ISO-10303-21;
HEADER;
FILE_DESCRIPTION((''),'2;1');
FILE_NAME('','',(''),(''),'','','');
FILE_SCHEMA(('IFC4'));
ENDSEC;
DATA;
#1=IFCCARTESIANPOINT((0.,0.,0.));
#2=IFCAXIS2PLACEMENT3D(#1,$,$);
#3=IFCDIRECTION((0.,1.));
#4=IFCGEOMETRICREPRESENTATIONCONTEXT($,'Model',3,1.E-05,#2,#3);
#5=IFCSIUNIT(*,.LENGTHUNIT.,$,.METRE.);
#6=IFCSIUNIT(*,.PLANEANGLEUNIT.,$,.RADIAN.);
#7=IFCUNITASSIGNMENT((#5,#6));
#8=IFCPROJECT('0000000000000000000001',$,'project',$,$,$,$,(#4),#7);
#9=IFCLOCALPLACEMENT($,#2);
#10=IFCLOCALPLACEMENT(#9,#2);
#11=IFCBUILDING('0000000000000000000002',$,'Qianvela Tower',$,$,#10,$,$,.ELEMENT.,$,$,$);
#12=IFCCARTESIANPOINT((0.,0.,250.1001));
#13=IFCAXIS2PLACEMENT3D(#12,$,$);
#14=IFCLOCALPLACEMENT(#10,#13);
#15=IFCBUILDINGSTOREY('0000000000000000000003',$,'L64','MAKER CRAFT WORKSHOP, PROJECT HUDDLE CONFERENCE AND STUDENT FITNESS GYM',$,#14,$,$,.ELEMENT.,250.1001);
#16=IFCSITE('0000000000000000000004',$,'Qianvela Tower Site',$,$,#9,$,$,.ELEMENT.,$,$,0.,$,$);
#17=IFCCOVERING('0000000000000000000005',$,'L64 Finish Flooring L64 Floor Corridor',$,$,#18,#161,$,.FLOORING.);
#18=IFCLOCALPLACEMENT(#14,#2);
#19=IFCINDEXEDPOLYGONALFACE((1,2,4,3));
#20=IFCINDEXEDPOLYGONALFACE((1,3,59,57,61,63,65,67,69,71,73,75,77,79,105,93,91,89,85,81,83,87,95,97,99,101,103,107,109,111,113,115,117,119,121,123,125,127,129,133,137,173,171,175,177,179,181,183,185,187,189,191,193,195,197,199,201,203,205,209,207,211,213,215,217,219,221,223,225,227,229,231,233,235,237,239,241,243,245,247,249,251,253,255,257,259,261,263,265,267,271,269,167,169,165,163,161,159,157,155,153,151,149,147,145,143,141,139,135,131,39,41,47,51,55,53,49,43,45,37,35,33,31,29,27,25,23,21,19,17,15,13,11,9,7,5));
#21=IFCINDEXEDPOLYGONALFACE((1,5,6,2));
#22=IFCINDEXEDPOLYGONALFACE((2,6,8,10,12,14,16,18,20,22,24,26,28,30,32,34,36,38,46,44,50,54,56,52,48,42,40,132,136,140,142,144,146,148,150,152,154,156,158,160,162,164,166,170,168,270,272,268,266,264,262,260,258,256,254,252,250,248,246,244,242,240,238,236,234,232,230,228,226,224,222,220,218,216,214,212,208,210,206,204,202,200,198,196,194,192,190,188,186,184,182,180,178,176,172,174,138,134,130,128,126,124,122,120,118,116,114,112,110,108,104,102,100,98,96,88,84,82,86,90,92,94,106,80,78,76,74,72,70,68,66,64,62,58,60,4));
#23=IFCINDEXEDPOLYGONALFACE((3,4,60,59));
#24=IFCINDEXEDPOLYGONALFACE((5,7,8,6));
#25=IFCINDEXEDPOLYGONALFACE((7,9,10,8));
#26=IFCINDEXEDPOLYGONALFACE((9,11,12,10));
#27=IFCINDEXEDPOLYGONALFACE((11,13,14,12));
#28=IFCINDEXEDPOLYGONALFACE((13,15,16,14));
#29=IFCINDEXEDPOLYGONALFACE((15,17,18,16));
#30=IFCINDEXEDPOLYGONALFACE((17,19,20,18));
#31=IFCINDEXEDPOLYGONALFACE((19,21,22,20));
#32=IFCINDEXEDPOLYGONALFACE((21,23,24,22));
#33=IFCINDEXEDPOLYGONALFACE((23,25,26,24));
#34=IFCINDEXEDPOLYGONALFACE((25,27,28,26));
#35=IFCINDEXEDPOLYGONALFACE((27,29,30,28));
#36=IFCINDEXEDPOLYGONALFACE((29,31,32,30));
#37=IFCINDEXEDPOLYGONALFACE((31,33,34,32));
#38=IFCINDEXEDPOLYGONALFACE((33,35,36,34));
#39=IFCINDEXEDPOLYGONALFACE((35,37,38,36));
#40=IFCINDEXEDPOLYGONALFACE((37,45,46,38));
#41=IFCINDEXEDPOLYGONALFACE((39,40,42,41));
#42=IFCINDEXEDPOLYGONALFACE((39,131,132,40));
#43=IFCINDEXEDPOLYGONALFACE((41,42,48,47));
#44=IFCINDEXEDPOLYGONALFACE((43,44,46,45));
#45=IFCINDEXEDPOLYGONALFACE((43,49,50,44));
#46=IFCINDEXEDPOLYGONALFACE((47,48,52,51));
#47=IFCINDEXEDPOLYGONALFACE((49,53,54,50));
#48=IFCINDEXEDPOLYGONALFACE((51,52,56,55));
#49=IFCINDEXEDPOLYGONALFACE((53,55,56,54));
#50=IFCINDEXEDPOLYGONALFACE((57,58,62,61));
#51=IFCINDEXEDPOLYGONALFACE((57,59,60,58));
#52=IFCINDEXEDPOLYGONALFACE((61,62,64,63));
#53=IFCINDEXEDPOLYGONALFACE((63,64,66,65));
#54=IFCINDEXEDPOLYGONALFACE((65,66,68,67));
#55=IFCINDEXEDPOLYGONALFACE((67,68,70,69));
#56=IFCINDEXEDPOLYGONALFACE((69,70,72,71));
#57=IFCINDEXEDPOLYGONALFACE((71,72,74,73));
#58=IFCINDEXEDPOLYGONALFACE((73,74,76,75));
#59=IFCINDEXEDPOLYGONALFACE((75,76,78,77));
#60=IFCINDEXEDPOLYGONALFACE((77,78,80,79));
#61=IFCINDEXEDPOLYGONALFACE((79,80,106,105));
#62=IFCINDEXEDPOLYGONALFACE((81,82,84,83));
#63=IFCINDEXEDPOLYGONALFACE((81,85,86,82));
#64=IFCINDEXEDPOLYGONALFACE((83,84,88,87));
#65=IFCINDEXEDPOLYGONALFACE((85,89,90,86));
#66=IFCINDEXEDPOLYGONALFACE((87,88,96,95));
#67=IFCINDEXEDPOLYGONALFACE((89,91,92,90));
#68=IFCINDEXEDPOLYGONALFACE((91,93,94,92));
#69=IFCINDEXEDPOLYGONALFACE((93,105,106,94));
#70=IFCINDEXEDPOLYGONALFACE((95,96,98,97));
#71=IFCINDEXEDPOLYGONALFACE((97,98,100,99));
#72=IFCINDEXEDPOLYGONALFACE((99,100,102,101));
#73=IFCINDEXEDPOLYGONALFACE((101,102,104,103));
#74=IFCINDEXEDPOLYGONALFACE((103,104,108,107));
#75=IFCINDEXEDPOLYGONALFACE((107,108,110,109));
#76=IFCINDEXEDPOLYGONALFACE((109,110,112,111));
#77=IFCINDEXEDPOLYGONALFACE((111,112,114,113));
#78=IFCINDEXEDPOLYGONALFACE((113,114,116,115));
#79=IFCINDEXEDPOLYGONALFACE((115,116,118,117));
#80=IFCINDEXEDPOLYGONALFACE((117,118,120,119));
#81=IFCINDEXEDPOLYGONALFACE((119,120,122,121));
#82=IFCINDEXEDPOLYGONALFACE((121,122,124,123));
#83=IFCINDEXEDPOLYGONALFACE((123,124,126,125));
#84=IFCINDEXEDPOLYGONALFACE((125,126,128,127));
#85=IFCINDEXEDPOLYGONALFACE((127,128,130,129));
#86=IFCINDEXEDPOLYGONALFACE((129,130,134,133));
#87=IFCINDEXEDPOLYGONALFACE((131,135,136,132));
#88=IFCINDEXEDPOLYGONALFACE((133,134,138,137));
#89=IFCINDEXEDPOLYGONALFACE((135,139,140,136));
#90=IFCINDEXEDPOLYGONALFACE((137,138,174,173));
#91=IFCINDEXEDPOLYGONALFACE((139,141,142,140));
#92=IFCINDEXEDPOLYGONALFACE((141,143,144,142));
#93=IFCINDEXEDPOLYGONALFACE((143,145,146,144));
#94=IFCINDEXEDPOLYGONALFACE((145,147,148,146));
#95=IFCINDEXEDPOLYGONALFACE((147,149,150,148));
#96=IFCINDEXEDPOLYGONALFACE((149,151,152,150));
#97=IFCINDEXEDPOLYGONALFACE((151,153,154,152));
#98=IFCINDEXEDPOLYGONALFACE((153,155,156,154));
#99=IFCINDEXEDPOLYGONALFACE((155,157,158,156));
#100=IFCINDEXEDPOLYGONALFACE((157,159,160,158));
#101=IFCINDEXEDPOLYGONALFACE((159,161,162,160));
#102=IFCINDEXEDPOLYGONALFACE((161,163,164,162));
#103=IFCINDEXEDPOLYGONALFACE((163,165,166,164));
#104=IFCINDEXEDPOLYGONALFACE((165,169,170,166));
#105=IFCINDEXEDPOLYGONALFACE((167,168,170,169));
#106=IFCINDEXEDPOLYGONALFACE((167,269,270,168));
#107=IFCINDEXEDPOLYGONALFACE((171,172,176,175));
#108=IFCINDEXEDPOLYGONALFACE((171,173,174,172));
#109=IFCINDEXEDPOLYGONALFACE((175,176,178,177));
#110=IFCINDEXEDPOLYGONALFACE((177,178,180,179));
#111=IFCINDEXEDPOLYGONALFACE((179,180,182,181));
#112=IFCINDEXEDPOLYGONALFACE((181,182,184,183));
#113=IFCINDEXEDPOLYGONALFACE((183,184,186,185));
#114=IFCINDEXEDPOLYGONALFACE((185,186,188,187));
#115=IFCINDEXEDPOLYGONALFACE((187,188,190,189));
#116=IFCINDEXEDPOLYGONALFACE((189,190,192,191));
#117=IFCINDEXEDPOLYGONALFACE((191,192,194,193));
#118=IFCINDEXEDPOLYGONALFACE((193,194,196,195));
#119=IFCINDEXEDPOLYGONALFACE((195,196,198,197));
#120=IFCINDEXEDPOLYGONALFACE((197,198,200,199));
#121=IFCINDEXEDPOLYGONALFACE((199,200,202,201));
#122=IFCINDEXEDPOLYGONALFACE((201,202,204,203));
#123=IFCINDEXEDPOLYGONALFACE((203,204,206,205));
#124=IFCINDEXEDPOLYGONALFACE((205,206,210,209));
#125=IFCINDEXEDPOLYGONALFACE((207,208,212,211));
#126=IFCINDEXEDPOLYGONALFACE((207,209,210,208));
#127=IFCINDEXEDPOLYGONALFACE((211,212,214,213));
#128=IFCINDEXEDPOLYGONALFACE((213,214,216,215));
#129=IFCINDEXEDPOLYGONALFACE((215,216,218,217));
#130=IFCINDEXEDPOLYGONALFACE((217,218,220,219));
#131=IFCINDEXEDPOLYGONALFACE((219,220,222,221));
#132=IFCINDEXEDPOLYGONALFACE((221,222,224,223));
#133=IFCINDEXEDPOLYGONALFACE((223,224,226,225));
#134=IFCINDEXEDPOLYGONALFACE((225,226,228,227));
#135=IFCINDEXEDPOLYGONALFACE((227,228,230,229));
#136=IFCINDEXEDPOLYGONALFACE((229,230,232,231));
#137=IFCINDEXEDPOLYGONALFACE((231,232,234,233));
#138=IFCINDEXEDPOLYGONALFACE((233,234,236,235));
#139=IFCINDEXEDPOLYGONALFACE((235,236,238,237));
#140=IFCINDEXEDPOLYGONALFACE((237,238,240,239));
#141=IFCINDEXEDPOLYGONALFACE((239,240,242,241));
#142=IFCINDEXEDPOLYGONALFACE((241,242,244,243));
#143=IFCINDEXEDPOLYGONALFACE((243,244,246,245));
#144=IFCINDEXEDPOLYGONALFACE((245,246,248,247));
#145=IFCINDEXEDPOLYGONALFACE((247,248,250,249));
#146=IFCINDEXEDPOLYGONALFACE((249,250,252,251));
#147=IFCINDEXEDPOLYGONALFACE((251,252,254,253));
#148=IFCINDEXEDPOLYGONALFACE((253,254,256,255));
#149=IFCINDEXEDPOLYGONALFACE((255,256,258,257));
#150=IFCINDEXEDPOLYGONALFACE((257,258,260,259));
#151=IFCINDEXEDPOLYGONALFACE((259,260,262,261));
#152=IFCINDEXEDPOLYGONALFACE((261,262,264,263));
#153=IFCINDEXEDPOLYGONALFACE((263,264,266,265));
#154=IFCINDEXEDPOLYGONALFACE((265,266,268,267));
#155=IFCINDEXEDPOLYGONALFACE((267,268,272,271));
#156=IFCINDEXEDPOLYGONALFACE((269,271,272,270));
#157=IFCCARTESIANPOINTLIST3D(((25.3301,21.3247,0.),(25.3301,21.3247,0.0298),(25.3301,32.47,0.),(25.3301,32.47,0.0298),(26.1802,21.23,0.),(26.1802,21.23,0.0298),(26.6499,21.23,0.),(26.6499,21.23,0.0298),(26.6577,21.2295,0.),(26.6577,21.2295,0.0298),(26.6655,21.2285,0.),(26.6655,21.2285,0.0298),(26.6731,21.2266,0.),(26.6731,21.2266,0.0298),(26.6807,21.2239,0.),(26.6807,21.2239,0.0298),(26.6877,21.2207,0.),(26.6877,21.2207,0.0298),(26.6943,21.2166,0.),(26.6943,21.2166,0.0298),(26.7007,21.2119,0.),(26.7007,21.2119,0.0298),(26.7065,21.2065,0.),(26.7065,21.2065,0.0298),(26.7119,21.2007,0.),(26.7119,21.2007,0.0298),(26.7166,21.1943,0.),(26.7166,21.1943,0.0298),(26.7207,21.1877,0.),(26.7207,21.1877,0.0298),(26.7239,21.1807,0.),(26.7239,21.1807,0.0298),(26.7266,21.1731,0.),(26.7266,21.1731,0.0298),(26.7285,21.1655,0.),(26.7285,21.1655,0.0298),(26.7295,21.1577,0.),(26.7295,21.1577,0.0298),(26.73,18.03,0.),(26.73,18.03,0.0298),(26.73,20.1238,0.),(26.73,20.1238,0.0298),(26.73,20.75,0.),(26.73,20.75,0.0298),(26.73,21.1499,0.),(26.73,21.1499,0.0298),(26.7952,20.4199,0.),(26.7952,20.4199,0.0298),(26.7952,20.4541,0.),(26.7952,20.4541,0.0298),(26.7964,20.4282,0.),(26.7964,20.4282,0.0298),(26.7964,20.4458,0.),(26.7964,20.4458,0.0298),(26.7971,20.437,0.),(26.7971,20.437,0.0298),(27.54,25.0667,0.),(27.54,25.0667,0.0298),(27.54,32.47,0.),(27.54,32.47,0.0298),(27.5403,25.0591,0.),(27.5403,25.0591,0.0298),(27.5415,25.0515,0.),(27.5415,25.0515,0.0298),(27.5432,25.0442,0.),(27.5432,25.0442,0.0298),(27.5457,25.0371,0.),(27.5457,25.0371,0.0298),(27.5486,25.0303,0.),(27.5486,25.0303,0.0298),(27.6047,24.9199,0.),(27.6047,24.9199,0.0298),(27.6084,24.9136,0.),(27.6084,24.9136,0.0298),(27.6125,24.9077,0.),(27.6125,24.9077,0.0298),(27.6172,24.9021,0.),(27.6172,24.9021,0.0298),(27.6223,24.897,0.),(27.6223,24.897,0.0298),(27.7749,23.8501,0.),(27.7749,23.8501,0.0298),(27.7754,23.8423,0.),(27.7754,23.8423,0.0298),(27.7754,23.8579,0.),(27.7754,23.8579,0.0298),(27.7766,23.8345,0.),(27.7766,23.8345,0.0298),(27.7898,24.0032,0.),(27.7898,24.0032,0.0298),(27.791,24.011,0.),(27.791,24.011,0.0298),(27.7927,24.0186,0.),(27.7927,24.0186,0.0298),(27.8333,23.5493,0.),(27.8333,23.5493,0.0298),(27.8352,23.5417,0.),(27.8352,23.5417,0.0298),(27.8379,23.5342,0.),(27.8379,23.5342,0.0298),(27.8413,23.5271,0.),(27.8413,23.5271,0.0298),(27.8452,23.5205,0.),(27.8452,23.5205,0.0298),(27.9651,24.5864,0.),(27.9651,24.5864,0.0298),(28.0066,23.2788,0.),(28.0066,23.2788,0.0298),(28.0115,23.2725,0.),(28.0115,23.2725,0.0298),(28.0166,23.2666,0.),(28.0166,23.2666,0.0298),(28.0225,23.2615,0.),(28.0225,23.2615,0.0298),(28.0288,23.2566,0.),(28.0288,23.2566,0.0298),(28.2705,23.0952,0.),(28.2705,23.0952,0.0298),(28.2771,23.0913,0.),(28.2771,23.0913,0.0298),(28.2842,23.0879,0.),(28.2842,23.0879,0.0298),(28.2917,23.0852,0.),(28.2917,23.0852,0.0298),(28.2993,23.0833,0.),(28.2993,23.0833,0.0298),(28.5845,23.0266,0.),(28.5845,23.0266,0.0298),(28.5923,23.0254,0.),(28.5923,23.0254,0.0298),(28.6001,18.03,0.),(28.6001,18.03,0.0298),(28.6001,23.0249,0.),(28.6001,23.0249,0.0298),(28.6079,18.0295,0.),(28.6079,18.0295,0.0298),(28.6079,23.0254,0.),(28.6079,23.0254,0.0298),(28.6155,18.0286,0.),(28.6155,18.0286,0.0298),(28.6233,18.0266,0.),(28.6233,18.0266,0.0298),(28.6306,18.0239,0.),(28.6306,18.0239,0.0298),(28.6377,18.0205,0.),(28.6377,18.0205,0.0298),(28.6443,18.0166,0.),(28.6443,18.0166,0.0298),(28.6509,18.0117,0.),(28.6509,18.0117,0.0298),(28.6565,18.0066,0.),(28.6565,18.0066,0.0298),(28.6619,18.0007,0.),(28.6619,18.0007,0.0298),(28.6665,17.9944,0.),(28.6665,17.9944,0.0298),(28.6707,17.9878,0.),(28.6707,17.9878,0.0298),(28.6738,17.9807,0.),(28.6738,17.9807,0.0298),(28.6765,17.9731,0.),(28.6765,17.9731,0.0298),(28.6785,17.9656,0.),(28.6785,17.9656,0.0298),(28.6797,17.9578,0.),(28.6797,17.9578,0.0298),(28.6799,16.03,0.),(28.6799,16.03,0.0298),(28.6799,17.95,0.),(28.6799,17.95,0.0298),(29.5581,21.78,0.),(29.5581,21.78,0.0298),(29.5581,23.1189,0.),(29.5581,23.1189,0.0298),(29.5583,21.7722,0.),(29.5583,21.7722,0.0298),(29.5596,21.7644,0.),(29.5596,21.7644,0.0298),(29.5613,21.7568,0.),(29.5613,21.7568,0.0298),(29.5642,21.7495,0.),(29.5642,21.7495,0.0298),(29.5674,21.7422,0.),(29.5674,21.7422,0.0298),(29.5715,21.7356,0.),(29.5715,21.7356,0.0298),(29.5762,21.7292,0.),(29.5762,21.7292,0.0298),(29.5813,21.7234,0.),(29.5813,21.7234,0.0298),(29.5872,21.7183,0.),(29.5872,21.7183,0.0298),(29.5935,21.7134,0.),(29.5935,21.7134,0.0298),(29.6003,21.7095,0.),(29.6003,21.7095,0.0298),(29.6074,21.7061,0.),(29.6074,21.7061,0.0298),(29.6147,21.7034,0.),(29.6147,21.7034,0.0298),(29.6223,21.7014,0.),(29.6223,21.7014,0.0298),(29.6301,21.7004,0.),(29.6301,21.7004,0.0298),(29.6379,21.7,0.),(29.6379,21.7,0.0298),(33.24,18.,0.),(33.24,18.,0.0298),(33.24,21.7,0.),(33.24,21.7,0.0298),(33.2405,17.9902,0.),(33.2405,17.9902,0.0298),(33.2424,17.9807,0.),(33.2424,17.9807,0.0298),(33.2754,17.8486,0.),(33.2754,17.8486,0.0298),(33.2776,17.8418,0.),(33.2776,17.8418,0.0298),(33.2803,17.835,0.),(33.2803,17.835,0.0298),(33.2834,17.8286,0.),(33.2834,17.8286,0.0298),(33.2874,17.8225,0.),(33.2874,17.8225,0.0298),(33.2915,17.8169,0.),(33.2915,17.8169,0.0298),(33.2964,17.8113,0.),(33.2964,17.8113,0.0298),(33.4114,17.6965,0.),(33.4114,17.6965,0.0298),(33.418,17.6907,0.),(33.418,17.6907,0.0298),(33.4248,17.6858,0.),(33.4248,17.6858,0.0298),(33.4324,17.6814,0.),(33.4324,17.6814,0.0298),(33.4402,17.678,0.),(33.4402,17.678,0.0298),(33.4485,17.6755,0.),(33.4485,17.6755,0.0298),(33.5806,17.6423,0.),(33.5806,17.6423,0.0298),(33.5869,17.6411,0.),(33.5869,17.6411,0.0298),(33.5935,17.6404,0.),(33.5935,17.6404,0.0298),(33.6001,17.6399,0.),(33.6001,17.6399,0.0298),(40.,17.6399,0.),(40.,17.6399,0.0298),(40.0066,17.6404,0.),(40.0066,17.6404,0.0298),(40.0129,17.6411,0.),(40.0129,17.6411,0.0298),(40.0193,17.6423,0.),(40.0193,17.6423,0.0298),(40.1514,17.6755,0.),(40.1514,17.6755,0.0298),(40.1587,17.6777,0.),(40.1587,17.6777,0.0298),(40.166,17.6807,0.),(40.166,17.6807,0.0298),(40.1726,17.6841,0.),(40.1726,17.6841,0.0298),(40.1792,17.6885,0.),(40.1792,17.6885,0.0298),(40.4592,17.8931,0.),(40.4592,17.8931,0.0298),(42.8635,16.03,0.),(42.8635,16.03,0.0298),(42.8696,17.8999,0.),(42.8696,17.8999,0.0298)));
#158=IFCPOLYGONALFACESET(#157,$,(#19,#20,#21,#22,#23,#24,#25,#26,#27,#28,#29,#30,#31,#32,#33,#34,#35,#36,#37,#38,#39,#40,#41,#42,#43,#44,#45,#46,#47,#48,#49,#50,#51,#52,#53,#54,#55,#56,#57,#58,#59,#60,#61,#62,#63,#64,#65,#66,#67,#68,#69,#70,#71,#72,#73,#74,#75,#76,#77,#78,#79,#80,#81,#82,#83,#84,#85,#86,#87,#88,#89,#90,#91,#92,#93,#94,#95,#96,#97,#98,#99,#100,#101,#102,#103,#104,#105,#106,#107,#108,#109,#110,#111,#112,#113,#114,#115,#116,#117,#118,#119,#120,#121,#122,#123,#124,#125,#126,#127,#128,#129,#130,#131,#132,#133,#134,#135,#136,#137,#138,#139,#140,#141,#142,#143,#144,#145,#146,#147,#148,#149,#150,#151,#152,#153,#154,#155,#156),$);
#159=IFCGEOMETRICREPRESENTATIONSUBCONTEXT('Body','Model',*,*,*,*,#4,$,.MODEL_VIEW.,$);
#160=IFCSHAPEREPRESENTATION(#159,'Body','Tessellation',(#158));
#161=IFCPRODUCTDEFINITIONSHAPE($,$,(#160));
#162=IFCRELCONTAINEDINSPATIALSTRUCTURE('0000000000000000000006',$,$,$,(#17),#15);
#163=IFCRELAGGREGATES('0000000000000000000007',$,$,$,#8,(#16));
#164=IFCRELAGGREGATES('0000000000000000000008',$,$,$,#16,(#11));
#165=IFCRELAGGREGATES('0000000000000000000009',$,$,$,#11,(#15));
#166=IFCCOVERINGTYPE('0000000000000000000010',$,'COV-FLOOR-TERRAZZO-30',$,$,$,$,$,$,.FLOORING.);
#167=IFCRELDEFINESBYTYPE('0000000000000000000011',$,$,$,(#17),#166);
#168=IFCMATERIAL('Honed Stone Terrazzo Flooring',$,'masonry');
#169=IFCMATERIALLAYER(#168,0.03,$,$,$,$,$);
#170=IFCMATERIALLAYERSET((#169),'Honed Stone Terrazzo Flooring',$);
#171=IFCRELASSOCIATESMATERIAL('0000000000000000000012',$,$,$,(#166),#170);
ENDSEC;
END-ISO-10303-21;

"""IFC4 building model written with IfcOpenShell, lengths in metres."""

from ifc_helpers import new_model, si_unit, direction, frame, origin, place, context, subcontext, project, spatial, polyline, outline, extrude, material, layer, layer_set, type_object, element, save


model = new_model("IFC4")

# Units and contexts
model_context = context("Model", 3, precision=1e-05, world=origin(), true_north=direction((0.0, 1.0)))
body_context = subcontext(model_context, "Body", "Model", "MODEL_VIEW")
ifc_project = project(units=[si_unit("LENGTHUNIT", "METRE"), si_unit("PLANEANGLEUNIT", "RADIAN")], contexts=[model_context])

# Site, building, storey
site_placement = place(None, origin())
site = spatial("IfcSite", under=ifc_project, at=site_placement, Name="Qianvela Tower Site", CompositionType="ELEMENT", RefElevation=0.0)
building_placement = place(site_placement, origin())
building = spatial("IfcBuilding", under=site, at=building_placement, Name="Qianvela Tower", CompositionType="ELEMENT")
storey_placement = place(building_placement, frame((0.0, 0.0, 250.1001)))
storey = spatial("IfcBuildingStorey", under=building, at=storey_placement, Name="L64", Description="MAKER CRAFT WORKSHOP, PROJECT HUDDLE CONFERENCE AND STUDENT FITNESS GYM", CompositionType="ELEMENT", Elevation=250.1001)

# Covering
ifc_material_1 = material(Name="Honed Stone Terrazzo Flooring", Category="masonry")
ifc_layer_1 = layer(ifc_material_1, 0.03)
ifc_layer_set_1 = layer_set([ifc_layer_1], Name="Honed Stone Terrazzo Flooring")
covering_type_1 = type_object("IfcCoveringType", Name="COV-FLOOR-TERRAZZO-30", PredefinedType="FLOORING", material=ifc_layer_set_1)
covering_1_placement = place(storey_placement, origin())
element("IfcCovering", 1, at=covering_1_placement, inside=storey, type_object=covering_type_1, Name="L64 Finish Flooring L64 Floor Corridor", PredefinedType="FLOORING", context=body_context, shape_type="SweptSolid", body=[
    extrude(outline(polyline([(27.7927, 24.0186), (27.791, 24.011), (27.7898, 24.0032), (27.7754, 23.8579), (27.7749, 23.8501), (27.7754, 23.8423), (27.7766, 23.8345), (27.8333, 23.5493), (27.8352, 23.5417), (27.8379, 23.5342), (27.8413, 23.5271), (27.8452, 23.5205), (28.0066, 23.2788), (28.0115, 23.2725), (28.0166, 23.2666), (28.0225, 23.2615), (28.0288, 23.2566), (28.2705, 23.0952), (28.2771, 23.0913), (28.2842, 23.0879), (28.2917, 23.0852), (28.2993, 23.0833), (28.5845, 23.0266), (28.5923, 23.0254), (28.6001, 23.0249), (28.6079, 23.0254), (29.5581, 23.1189), (29.5581, 21.78), (29.5583, 21.7722), (29.5596, 21.7644), (29.5613, 21.7568), (29.5642, 21.7495), (29.5674, 21.7422), (29.5715, 21.7356), (29.5762, 21.7292), (29.5813, 21.7234), (29.5872, 21.7183), (29.5935, 21.7134), (29.6003, 21.7095), (29.6074, 21.7061), (29.6147, 21.7034), (29.6223, 21.7014), (29.6301, 21.7004), (29.6379, 21.7), (33.24, 21.7), (33.24, 18.0), (33.2405, 17.9902), (33.2424, 17.9807), (33.2754, 17.8486), (33.2776, 17.8418), (33.2803, 17.835), (33.2834, 17.8286), (33.2874, 17.8225), (33.2915, 17.8169), (33.2964, 17.8113), (33.4114, 17.6965), (33.418, 17.6907), (33.4248, 17.6858), (33.4324, 17.6814), (33.4402, 17.678), (33.4485, 17.6755), (33.5806, 17.6423), (33.5869, 17.6411), (33.5935, 17.6404), (33.6001, 17.6399), (40.0, 17.6399), (40.0066, 17.6404), (40.0129, 17.6411), (40.0193, 17.6423), (40.1514, 17.6755), (40.1587, 17.6777), (40.166, 17.6807), (40.1726, 17.6841), (40.1792, 17.6885), (40.4592, 17.8931), (42.8696, 17.8999), (42.8635, 16.03), (28.6799, 16.03), (28.6799, 17.95), (28.6797, 17.9578), (28.6785, 17.9656), (28.6765, 17.9731), (28.6738, 17.9807), (28.6707, 17.9878), (28.6665, 17.9944), (28.6619, 18.0007), (28.6565, 18.0066), (28.6509, 18.0117), (28.6443, 18.0166), (28.6377, 18.0205), (28.6306, 18.0239), (28.6233, 18.0266), (28.6155, 18.0286), (28.6079, 18.0295), (28.6001, 18.03), (26.73, 18.03), (26.73, 20.1238), (26.7952, 20.4199), (26.7964, 20.4282), (26.7971, 20.437), (26.7964, 20.4458), (26.7952, 20.4541), (26.73, 20.75), (26.73, 21.1499), (26.7295, 21.1577), (26.7285, 21.1655), (26.7266, 21.1731), (26.7239, 21.1807), (26.7207, 21.1877), (26.7166, 21.1943), (26.7119, 21.2007), (26.7065, 21.2065), (26.7007, 21.2119), (26.6943, 21.2166), (26.6877, 21.2207), (26.6807, 21.2239), (26.6731, 21.2266), (26.6655, 21.2285), (26.6577, 21.2295), (26.6499, 21.23), (26.1802, 21.23), (25.3301, 21.3247), (25.3301, 32.47), (27.54, 32.47), (27.54, 25.0667), (27.5403, 25.0591), (27.5415, 25.0515), (27.5432, 25.0442), (27.5457, 25.0371), (27.5486, 25.0303), (27.6047, 24.9199), (27.6084, 24.9136), (27.6125, 24.9077), (27.6172, 24.9021), (27.6223, 24.897), (27.9651, 24.5864), (27.7927, 24.0186)])), origin(), (0.0, 0.0, 1.0), 0.0298),
])

save(model, "model.ifc")
